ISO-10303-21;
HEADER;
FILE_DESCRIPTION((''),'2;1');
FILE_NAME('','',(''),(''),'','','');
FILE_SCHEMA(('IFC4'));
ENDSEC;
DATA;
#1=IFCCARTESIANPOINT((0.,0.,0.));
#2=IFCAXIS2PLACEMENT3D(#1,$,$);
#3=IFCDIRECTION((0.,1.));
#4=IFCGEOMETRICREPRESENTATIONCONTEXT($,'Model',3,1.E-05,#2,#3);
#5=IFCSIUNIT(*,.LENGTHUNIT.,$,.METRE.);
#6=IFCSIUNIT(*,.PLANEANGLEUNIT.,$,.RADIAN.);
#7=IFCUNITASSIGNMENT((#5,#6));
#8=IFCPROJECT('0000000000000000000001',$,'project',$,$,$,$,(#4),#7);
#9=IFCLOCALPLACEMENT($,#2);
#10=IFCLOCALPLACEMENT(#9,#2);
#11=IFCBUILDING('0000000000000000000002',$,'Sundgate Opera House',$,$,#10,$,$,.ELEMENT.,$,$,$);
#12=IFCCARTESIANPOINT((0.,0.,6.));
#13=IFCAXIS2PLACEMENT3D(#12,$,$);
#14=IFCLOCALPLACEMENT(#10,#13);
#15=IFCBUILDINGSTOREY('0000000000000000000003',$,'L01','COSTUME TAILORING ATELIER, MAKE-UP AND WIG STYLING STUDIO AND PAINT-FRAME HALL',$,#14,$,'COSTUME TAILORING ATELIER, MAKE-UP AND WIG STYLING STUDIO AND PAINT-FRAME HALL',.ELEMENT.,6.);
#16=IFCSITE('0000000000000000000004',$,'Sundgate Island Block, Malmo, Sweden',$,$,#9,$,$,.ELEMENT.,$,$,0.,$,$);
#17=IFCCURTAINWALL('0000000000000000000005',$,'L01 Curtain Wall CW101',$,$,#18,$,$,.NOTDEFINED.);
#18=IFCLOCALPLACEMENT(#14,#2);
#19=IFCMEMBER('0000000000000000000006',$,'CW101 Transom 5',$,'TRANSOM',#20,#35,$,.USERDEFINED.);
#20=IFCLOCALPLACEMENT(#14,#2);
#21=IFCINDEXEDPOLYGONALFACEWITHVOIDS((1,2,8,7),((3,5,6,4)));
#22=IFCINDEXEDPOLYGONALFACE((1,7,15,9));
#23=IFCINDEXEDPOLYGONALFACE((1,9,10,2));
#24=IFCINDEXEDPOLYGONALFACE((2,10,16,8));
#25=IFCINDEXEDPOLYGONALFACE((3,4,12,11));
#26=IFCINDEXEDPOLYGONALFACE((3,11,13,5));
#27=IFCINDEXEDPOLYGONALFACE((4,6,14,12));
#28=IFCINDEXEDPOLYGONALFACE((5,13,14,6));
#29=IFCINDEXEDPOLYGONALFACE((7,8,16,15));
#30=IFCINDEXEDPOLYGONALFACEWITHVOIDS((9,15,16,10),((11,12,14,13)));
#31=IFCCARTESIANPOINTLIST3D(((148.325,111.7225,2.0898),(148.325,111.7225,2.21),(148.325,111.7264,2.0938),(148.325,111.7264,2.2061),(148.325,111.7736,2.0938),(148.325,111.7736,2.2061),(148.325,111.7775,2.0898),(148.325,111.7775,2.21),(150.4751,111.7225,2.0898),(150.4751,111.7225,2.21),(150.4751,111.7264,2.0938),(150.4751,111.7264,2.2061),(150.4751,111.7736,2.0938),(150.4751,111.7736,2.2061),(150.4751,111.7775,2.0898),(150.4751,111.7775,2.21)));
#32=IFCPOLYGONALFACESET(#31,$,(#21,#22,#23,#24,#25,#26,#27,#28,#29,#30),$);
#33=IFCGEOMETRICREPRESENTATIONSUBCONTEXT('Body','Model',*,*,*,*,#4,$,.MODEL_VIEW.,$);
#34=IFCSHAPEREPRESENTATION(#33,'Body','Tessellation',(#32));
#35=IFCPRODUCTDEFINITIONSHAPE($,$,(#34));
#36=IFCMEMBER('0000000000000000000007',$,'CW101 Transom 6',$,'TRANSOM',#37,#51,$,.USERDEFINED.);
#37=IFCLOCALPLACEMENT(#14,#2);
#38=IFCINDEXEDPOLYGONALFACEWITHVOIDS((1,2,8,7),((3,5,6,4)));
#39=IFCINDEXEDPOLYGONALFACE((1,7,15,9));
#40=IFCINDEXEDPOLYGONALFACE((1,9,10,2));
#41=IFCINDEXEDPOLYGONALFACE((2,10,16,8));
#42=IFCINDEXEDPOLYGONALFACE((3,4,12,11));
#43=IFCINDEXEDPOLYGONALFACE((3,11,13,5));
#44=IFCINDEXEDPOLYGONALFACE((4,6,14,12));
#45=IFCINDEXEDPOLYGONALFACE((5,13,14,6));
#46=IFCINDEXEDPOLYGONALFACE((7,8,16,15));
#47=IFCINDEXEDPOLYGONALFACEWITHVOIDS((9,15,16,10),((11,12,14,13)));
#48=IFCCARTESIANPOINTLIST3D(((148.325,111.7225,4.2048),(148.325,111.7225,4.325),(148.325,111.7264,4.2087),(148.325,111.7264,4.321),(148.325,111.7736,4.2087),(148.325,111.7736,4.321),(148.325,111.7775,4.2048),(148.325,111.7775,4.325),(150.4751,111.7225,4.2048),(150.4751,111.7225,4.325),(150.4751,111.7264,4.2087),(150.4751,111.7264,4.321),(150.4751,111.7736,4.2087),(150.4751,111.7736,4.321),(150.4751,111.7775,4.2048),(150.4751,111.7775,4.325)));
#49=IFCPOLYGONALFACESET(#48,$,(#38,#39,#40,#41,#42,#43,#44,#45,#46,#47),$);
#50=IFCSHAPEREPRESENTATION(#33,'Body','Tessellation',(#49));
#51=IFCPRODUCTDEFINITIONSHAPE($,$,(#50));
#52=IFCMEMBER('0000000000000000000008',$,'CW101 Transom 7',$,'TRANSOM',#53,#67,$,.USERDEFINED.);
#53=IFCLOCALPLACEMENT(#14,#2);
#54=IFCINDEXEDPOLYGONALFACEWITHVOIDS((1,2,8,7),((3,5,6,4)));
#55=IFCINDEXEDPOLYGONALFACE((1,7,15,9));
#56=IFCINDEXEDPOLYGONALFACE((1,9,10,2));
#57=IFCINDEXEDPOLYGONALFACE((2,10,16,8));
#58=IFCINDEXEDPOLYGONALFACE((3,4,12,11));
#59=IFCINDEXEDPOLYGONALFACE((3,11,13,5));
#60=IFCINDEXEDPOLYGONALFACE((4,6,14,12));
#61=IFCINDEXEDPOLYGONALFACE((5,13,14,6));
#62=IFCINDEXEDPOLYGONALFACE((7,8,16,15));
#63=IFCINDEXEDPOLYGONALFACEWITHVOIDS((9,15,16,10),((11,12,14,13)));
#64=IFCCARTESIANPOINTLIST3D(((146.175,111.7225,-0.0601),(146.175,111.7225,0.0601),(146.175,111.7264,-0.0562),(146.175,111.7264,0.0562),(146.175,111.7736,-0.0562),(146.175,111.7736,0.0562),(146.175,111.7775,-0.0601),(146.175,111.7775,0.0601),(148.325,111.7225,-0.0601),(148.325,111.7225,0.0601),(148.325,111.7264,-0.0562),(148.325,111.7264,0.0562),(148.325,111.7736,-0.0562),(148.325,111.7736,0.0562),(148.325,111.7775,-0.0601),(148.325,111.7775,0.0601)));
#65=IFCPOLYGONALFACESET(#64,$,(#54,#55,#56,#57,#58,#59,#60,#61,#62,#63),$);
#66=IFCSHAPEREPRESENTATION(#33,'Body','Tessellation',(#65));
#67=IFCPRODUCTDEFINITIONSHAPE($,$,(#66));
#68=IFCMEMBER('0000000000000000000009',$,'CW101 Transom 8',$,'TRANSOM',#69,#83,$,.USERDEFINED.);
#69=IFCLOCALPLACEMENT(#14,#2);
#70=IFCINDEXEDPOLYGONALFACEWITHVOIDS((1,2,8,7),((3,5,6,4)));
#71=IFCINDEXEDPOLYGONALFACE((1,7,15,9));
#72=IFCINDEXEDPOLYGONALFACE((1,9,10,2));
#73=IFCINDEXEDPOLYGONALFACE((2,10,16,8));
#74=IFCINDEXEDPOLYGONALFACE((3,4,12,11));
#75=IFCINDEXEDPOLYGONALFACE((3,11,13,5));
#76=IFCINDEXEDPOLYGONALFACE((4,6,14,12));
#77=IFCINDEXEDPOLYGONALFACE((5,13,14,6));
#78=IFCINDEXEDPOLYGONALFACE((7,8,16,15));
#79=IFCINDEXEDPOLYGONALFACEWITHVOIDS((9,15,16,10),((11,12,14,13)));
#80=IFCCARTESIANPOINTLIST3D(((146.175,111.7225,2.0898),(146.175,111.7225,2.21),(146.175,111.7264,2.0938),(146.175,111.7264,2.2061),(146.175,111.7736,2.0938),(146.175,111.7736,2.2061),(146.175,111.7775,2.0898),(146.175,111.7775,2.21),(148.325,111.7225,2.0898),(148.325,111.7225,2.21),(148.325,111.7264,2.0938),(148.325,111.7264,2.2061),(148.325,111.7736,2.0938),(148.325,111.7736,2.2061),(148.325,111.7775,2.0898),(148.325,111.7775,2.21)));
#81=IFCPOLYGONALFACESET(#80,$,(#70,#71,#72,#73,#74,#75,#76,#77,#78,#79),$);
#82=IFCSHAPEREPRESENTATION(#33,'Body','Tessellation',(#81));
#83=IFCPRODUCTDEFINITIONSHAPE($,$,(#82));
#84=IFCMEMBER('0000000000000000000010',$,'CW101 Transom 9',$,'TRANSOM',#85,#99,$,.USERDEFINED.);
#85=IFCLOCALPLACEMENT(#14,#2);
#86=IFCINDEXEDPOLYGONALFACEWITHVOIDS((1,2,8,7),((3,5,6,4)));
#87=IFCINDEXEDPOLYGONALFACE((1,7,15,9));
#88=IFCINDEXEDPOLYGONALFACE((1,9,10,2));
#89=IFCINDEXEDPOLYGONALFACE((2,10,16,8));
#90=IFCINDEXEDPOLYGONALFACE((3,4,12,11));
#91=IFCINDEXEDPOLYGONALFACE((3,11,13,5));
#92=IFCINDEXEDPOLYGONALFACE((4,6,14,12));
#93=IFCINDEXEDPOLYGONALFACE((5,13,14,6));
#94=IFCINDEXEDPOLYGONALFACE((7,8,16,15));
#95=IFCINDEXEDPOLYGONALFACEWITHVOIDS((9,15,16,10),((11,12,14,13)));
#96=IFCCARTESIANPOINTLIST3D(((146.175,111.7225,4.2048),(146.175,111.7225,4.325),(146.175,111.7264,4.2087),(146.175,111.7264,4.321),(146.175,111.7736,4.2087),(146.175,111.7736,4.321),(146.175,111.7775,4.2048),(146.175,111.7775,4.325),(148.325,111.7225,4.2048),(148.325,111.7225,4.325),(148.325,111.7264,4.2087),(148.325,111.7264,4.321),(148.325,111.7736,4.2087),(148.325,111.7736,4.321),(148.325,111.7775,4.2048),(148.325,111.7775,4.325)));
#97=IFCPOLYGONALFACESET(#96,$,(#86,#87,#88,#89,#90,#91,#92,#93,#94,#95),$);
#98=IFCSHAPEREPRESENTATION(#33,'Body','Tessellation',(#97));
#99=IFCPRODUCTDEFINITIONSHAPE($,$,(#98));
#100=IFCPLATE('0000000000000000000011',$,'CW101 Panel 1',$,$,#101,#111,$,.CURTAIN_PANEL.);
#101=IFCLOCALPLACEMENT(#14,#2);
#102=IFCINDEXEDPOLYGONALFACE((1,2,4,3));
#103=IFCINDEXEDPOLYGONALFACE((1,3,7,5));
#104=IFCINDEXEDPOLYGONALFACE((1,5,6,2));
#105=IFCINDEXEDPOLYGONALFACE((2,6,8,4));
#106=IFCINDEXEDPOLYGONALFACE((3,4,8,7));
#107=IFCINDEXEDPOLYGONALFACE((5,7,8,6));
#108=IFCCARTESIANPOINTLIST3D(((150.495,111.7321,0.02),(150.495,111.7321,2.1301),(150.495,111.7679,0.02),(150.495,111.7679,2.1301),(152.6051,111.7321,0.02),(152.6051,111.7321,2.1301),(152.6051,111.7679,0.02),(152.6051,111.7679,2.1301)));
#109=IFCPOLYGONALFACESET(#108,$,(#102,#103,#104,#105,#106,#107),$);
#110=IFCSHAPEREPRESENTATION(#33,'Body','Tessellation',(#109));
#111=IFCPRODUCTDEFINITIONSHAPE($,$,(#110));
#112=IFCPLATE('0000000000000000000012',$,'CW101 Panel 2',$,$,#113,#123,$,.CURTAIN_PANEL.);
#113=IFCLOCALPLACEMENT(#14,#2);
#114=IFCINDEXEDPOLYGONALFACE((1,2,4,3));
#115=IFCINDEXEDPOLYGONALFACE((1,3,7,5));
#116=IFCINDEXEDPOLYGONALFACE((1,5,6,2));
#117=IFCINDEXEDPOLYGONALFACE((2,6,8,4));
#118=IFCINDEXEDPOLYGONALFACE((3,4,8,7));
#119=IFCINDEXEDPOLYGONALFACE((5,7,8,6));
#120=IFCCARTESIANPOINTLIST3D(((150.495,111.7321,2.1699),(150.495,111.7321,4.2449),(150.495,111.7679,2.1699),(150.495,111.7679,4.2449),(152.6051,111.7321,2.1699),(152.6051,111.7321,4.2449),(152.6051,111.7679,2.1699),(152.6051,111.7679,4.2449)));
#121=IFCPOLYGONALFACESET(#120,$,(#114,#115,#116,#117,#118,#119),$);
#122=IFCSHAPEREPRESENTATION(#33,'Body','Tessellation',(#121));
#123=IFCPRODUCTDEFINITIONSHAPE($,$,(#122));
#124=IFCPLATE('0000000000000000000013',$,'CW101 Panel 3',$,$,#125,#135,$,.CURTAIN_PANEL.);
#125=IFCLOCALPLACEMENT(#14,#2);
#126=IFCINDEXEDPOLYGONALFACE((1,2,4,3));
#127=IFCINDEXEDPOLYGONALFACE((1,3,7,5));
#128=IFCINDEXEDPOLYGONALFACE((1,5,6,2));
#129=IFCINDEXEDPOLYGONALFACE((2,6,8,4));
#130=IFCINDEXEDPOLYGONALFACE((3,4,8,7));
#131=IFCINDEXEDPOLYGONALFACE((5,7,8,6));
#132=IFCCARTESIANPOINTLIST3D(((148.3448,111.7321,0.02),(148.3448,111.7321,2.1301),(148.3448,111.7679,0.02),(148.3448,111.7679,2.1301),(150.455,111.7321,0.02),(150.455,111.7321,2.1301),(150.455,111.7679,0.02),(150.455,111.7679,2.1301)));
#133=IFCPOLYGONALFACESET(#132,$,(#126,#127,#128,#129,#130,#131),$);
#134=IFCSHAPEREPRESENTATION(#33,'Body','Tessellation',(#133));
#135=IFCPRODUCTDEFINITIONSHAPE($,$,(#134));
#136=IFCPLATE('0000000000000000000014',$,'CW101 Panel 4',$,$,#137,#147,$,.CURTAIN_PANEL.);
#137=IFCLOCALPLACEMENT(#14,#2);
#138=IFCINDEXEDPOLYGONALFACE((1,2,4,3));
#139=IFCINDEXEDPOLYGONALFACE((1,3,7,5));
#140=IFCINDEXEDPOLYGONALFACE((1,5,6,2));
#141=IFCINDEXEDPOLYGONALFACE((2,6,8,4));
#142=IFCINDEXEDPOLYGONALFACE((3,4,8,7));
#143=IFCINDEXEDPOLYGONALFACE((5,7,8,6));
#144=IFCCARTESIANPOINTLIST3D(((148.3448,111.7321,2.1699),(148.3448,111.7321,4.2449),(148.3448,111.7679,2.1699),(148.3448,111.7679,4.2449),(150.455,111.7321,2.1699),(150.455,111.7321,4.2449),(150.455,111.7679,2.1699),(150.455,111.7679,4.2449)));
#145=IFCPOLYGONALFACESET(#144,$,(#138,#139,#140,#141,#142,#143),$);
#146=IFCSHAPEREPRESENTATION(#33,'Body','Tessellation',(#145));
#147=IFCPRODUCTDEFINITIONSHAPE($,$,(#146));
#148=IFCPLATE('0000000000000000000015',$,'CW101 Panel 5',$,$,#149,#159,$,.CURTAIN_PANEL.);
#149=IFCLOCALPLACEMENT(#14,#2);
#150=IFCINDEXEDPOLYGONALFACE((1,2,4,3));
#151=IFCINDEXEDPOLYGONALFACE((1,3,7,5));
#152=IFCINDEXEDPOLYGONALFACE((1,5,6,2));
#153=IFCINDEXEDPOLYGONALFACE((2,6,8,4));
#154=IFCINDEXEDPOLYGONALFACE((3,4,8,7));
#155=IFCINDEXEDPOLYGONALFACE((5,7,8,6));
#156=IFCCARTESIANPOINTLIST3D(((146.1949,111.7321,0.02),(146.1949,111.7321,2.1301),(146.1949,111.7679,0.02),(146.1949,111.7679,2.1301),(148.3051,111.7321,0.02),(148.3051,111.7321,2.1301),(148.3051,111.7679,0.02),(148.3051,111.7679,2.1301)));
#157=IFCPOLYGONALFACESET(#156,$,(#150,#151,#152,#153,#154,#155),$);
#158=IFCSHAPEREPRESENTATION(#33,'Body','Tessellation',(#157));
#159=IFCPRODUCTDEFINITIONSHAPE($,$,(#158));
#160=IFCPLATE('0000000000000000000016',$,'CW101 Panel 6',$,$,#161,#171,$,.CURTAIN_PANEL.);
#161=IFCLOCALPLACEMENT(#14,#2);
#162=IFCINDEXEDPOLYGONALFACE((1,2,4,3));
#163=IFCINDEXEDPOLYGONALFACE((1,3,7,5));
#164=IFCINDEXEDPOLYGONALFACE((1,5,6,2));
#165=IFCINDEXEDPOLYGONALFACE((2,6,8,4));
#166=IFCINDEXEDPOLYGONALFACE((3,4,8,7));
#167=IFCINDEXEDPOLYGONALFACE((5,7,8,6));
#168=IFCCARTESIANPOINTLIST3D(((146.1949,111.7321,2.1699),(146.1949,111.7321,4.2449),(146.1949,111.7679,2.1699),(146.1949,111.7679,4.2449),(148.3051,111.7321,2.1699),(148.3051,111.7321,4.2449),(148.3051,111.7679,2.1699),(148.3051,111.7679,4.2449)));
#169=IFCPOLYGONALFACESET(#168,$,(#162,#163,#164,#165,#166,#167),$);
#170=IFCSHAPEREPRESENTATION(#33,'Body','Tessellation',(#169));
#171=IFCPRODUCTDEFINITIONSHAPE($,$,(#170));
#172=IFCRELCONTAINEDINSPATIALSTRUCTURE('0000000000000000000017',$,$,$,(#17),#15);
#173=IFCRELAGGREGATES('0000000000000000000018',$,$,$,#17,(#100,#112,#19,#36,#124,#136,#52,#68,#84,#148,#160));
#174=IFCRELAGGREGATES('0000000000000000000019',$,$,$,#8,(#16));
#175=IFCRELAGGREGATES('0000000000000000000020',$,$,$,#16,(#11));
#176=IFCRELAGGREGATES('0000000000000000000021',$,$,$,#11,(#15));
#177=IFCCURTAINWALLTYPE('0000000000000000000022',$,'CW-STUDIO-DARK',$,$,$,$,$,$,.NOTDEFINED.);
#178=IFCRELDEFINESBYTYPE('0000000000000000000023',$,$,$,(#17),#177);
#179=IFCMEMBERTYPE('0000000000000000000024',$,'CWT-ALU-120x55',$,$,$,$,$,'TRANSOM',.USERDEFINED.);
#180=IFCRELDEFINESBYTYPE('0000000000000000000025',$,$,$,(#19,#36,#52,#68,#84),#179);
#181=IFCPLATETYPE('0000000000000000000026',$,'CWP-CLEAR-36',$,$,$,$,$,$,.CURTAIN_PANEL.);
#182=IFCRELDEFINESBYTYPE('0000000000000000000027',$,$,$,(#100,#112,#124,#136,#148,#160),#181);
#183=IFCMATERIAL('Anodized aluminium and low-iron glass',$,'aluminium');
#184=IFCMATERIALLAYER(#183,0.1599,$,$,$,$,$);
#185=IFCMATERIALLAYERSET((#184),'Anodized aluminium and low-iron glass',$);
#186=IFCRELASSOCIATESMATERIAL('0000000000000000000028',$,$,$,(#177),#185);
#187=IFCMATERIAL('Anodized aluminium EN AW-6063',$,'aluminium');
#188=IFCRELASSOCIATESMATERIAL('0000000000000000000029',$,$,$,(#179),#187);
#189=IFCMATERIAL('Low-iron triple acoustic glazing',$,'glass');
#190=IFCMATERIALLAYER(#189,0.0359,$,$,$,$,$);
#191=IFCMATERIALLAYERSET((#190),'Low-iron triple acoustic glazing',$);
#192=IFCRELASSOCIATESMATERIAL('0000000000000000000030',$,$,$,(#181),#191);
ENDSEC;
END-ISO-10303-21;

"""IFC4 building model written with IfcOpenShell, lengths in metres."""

from ifc_helpers import new_model, si_unit, direction, frame, origin, origin_2d, place, context, subcontext, project, spatial, rectangle, hollow_rectangle, extrude, material, layer, layer_set, material_profile, profile_set, type_object, element, aggregate, save


model = new_model("IFC4")

# Units and contexts
model_context = context("Model", 3, precision=1e-05, world=origin(), true_north=direction((0.0, 1.0)))
body_context = subcontext(model_context, "Body", "Model", "MODEL_VIEW")
ifc_project = project(units=[si_unit("LENGTHUNIT", "METRE"), si_unit("PLANEANGLEUNIT", "RADIAN")], contexts=[model_context])

# Site, building, storey
site_placement = place(None, origin())
site = spatial("IfcSite", under=ifc_project, at=site_placement, Name="Sundgate Island Block, Malmo, Sweden", CompositionType="ELEMENT", RefElevation=0.0)
building_placement = place(site_placement, origin())
building = spatial("IfcBuilding", under=site, at=building_placement, Name="Sundgate Opera House", CompositionType="ELEMENT")
storey_placement = place(building_placement, frame((0.0, 0.0, 6.0)))
storey = spatial("IfcBuildingStorey", under=building, at=storey_placement, Name="L01", Description="COSTUME TAILORING ATELIER, MAKE-UP AND WIG STYLING STUDIO AND PAINT-FRAME HALL", LongName="COSTUME TAILORING ATELIER, MAKE-UP AND WIG STYLING STUDIO AND PAINT-FRAME HALL", CompositionType="ELEMENT", Elevation=6.0)

# Curtain wall, members, plates
ifc_material_1 = material(Name="Anodized aluminium and low-iron glass", Category="aluminium")
ifc_layer_1 = layer(ifc_material_1, 0.1599)
ifc_layer_set_1 = layer_set([ifc_layer_1], Name="Anodized aluminium and low-iron glass")
curtain_wall_type = type_object("IfcCurtainWallType", Name="CW-STUDIO-DARK", PredefinedType="NOTDEFINED", material=ifc_layer_set_1)
curtain_wall_placement = place(storey_placement, origin())
curtain_wall = element("IfcCurtainWall", 1, at=curtain_wall_placement, inside=storey, type_object=curtain_wall_type, Name="L01 Curtain Wall CW101", PredefinedType="NOTDEFINED")
ifc_material_2 = material(Name="Anodized aluminium EN AW-6063", Category="aluminium")
ifc_material_profile_1 = material_profile(ifc_material_2, hollow_rectangle(XDim=0.0549, YDim=0.1201, WallThickness=0.0039, at=origin_2d()), Name="CWT 120x55x4")
ifc_profile_set_1 = profile_set([ifc_material_profile_1], Name="Anodized aluminium EN AW-6063")
member_type_1 = type_object("IfcMemberType", Name="CWT-ALU-120x55", ElementType="TRANSOM", PredefinedType="USERDEFINED", material=ifc_profile_set_1)
member_1_placement = place(storey_placement, frame((150.4751, 111.75, 2.1499), z_axis=(-1.0, 0.0, 0.0), x_axis=(0.0, -1.0, 0.0)))
member_1 = element("IfcMember", 2, at=member_1_placement, type_object=member_type_1, Name="CW101 Transom 5", ObjectType="TRANSOM", PredefinedType="USERDEFINED", context=body_context, shape_type="SweptSolid", body=[
    extrude(hollow_rectangle(XDim=0.0549, YDim=0.1201, WallThickness=0.0039, at=origin_2d()), origin(), (0.0, 0.0, 1.0), 2.1501),
])
member_2_placement = place(storey_placement, frame((150.4751, 111.75, 4.2649), z_axis=(-1.0, 0.0, 0.0), x_axis=(0.0, -1.0, 0.0)))
member_2 = element("IfcMember", 3, at=member_2_placement, type_object=member_type_1, Name="CW101 Transom 6", ObjectType="TRANSOM", PredefinedType="USERDEFINED", context=body_context, shape_type="SweptSolid", body=[
    extrude(hollow_rectangle(XDim=0.0549, YDim=0.1201, WallThickness=0.0039, at=origin_2d()), origin(), (0.0, 0.0, 1.0), 2.1501),
])
member_3_placement = place(storey_placement, frame((148.325, 111.75, 0.0), z_axis=(-1.0, 0.0, 0.0), x_axis=(0.0, -1.0, 0.0)))
member_3 = element("IfcMember", 4, at=member_3_placement, type_object=member_type_1, Name="CW101 Transom 7", ObjectType="TRANSOM", PredefinedType="USERDEFINED", context=body_context, shape_type="SweptSolid", body=[
    extrude(hollow_rectangle(XDim=0.0549, YDim=0.1201, WallThickness=0.0039, at=origin_2d()), origin(), (0.0, 0.0, 1.0), 2.1499),
])
member_4_placement = place(storey_placement, frame((148.325, 111.75, 2.1499), z_axis=(-1.0, 0.0, 0.0), x_axis=(0.0, -1.0, 0.0)))
member_4 = element("IfcMember", 5, at=member_4_placement, type_object=member_type_1, Name="CW101 Transom 8", ObjectType="TRANSOM", PredefinedType="USERDEFINED", context=body_context, shape_type="SweptSolid", body=[
    extrude(hollow_rectangle(XDim=0.0549, YDim=0.1201, WallThickness=0.0039, at=origin_2d()), origin(), (0.0, 0.0, 1.0), 2.1499),
])
member_5_placement = place(storey_placement, frame((148.325, 111.75, 4.2649), z_axis=(-1.0, 0.0, 0.0), x_axis=(0.0, -1.0, 0.0)))
member_5 = element("IfcMember", 6, at=member_5_placement, type_object=member_type_1, Name="CW101 Transom 9", ObjectType="TRANSOM", PredefinedType="USERDEFINED", context=body_context, shape_type="SweptSolid", body=[
    extrude(hollow_rectangle(XDim=0.0549, YDim=0.1201, WallThickness=0.0039, at=origin_2d()), origin(), (0.0, 0.0, 1.0), 2.1499),
])
ifc_material_3 = material(Name="Low-iron triple acoustic glazing", Category="glass")
ifc_layer_2 = layer(ifc_material_3, 0.0359)
ifc_layer_set_2 = layer_set([ifc_layer_2], Name="Low-iron triple acoustic glazing")
plate_type = type_object("IfcPlateType", Name="CWP-CLEAR-36", PredefinedType="CURTAIN_PANEL", material=ifc_layer_set_2)
plate_1_placement = place(storey_placement, frame((151.55, 111.75, 0.02), z_axis=(0.0, 0.0, 1.0), x_axis=(-1.0, 0.0, 0.0)))
plate_1 = element("IfcPlate", 7, at=plate_1_placement, type_object=plate_type, Name="CW101 Panel 1", PredefinedType="CURTAIN_PANEL", context=body_context, shape_type="SweptSolid", body=[
    extrude(rectangle(XDim=2.1101, YDim=0.0359, at=origin_2d()), origin(), (0.0, 0.0, 1.0), 2.1101),
])
plate_2_placement = place(storey_placement, frame((151.55, 111.75, 2.1699), z_axis=(0.0, 0.0, 1.0), x_axis=(-1.0, 0.0, 0.0)))
plate_2 = element("IfcPlate", 8, at=plate_2_placement, type_object=plate_type, Name="CW101 Panel 2", PredefinedType="CURTAIN_PANEL", context=body_context, shape_type="SweptSolid", body=[
    extrude(rectangle(XDim=2.1101, YDim=0.0359, at=origin_2d()), origin(), (0.0, 0.0, 1.0), 2.075),
])
plate_3_placement = place(storey_placement, frame((149.3999, 111.75, 0.02), z_axis=(0.0, 0.0, 1.0), x_axis=(-1.0, 0.0, 0.0)))
plate_3 = element("IfcPlate", 9, at=plate_3_placement, type_object=plate_type, Name="CW101 Panel 3", PredefinedType="CURTAIN_PANEL", context=body_context, shape_type="SweptSolid", body=[
    extrude(rectangle(XDim=2.1101, YDim=0.0359, at=origin_2d()), origin(), (0.0, 0.0, 1.0), 2.1101),
])
plate_4_placement = place(storey_placement, frame((149.3999, 111.75, 2.1699), z_axis=(0.0, 0.0, 1.0), x_axis=(-1.0, 0.0, 0.0)))
plate_4 = element("IfcPlate", 10, at=plate_4_placement, type_object=plate_type, Name="CW101 Panel 4", PredefinedType="CURTAIN_PANEL", context=body_context, shape_type="SweptSolid", body=[
    extrude(rectangle(XDim=2.1101, YDim=0.0359, at=origin_2d()), origin(), (0.0, 0.0, 1.0), 2.075),
])
plate_5_placement = place(storey_placement, frame((147.25, 111.75, 0.02), z_axis=(0.0, 0.0, 1.0), x_axis=(-1.0, 0.0, 0.0)))
plate_5 = element("IfcPlate", 11, at=plate_5_placement, type_object=plate_type, Name="CW101 Panel 5", PredefinedType="CURTAIN_PANEL", context=body_context, shape_type="SweptSolid", body=[
    extrude(rectangle(XDim=2.1101, YDim=0.0359, at=origin_2d()), origin(), (0.0, 0.0, 1.0), 2.1101),
])
plate_6_placement = place(storey_placement, frame((147.25, 111.75, 2.1699), z_axis=(0.0, 0.0, 1.0), x_axis=(-1.0, 0.0, 0.0)))
plate_6 = element("IfcPlate", 12, at=plate_6_placement, type_object=plate_type, Name="CW101 Panel 6", PredefinedType="CURTAIN_PANEL", context=body_context, shape_type="SweptSolid", body=[
    extrude(rectangle(XDim=2.1101, YDim=0.0359, at=origin_2d()), origin(), (0.0, 0.0, 1.0), 2.075),
])
aggregate(curtain_wall, [plate_1, plate_2, member_1, member_2, plate_3, plate_4, member_3, member_4, member_5, plate_5, plate_6])

save(model, "model.ifc")
